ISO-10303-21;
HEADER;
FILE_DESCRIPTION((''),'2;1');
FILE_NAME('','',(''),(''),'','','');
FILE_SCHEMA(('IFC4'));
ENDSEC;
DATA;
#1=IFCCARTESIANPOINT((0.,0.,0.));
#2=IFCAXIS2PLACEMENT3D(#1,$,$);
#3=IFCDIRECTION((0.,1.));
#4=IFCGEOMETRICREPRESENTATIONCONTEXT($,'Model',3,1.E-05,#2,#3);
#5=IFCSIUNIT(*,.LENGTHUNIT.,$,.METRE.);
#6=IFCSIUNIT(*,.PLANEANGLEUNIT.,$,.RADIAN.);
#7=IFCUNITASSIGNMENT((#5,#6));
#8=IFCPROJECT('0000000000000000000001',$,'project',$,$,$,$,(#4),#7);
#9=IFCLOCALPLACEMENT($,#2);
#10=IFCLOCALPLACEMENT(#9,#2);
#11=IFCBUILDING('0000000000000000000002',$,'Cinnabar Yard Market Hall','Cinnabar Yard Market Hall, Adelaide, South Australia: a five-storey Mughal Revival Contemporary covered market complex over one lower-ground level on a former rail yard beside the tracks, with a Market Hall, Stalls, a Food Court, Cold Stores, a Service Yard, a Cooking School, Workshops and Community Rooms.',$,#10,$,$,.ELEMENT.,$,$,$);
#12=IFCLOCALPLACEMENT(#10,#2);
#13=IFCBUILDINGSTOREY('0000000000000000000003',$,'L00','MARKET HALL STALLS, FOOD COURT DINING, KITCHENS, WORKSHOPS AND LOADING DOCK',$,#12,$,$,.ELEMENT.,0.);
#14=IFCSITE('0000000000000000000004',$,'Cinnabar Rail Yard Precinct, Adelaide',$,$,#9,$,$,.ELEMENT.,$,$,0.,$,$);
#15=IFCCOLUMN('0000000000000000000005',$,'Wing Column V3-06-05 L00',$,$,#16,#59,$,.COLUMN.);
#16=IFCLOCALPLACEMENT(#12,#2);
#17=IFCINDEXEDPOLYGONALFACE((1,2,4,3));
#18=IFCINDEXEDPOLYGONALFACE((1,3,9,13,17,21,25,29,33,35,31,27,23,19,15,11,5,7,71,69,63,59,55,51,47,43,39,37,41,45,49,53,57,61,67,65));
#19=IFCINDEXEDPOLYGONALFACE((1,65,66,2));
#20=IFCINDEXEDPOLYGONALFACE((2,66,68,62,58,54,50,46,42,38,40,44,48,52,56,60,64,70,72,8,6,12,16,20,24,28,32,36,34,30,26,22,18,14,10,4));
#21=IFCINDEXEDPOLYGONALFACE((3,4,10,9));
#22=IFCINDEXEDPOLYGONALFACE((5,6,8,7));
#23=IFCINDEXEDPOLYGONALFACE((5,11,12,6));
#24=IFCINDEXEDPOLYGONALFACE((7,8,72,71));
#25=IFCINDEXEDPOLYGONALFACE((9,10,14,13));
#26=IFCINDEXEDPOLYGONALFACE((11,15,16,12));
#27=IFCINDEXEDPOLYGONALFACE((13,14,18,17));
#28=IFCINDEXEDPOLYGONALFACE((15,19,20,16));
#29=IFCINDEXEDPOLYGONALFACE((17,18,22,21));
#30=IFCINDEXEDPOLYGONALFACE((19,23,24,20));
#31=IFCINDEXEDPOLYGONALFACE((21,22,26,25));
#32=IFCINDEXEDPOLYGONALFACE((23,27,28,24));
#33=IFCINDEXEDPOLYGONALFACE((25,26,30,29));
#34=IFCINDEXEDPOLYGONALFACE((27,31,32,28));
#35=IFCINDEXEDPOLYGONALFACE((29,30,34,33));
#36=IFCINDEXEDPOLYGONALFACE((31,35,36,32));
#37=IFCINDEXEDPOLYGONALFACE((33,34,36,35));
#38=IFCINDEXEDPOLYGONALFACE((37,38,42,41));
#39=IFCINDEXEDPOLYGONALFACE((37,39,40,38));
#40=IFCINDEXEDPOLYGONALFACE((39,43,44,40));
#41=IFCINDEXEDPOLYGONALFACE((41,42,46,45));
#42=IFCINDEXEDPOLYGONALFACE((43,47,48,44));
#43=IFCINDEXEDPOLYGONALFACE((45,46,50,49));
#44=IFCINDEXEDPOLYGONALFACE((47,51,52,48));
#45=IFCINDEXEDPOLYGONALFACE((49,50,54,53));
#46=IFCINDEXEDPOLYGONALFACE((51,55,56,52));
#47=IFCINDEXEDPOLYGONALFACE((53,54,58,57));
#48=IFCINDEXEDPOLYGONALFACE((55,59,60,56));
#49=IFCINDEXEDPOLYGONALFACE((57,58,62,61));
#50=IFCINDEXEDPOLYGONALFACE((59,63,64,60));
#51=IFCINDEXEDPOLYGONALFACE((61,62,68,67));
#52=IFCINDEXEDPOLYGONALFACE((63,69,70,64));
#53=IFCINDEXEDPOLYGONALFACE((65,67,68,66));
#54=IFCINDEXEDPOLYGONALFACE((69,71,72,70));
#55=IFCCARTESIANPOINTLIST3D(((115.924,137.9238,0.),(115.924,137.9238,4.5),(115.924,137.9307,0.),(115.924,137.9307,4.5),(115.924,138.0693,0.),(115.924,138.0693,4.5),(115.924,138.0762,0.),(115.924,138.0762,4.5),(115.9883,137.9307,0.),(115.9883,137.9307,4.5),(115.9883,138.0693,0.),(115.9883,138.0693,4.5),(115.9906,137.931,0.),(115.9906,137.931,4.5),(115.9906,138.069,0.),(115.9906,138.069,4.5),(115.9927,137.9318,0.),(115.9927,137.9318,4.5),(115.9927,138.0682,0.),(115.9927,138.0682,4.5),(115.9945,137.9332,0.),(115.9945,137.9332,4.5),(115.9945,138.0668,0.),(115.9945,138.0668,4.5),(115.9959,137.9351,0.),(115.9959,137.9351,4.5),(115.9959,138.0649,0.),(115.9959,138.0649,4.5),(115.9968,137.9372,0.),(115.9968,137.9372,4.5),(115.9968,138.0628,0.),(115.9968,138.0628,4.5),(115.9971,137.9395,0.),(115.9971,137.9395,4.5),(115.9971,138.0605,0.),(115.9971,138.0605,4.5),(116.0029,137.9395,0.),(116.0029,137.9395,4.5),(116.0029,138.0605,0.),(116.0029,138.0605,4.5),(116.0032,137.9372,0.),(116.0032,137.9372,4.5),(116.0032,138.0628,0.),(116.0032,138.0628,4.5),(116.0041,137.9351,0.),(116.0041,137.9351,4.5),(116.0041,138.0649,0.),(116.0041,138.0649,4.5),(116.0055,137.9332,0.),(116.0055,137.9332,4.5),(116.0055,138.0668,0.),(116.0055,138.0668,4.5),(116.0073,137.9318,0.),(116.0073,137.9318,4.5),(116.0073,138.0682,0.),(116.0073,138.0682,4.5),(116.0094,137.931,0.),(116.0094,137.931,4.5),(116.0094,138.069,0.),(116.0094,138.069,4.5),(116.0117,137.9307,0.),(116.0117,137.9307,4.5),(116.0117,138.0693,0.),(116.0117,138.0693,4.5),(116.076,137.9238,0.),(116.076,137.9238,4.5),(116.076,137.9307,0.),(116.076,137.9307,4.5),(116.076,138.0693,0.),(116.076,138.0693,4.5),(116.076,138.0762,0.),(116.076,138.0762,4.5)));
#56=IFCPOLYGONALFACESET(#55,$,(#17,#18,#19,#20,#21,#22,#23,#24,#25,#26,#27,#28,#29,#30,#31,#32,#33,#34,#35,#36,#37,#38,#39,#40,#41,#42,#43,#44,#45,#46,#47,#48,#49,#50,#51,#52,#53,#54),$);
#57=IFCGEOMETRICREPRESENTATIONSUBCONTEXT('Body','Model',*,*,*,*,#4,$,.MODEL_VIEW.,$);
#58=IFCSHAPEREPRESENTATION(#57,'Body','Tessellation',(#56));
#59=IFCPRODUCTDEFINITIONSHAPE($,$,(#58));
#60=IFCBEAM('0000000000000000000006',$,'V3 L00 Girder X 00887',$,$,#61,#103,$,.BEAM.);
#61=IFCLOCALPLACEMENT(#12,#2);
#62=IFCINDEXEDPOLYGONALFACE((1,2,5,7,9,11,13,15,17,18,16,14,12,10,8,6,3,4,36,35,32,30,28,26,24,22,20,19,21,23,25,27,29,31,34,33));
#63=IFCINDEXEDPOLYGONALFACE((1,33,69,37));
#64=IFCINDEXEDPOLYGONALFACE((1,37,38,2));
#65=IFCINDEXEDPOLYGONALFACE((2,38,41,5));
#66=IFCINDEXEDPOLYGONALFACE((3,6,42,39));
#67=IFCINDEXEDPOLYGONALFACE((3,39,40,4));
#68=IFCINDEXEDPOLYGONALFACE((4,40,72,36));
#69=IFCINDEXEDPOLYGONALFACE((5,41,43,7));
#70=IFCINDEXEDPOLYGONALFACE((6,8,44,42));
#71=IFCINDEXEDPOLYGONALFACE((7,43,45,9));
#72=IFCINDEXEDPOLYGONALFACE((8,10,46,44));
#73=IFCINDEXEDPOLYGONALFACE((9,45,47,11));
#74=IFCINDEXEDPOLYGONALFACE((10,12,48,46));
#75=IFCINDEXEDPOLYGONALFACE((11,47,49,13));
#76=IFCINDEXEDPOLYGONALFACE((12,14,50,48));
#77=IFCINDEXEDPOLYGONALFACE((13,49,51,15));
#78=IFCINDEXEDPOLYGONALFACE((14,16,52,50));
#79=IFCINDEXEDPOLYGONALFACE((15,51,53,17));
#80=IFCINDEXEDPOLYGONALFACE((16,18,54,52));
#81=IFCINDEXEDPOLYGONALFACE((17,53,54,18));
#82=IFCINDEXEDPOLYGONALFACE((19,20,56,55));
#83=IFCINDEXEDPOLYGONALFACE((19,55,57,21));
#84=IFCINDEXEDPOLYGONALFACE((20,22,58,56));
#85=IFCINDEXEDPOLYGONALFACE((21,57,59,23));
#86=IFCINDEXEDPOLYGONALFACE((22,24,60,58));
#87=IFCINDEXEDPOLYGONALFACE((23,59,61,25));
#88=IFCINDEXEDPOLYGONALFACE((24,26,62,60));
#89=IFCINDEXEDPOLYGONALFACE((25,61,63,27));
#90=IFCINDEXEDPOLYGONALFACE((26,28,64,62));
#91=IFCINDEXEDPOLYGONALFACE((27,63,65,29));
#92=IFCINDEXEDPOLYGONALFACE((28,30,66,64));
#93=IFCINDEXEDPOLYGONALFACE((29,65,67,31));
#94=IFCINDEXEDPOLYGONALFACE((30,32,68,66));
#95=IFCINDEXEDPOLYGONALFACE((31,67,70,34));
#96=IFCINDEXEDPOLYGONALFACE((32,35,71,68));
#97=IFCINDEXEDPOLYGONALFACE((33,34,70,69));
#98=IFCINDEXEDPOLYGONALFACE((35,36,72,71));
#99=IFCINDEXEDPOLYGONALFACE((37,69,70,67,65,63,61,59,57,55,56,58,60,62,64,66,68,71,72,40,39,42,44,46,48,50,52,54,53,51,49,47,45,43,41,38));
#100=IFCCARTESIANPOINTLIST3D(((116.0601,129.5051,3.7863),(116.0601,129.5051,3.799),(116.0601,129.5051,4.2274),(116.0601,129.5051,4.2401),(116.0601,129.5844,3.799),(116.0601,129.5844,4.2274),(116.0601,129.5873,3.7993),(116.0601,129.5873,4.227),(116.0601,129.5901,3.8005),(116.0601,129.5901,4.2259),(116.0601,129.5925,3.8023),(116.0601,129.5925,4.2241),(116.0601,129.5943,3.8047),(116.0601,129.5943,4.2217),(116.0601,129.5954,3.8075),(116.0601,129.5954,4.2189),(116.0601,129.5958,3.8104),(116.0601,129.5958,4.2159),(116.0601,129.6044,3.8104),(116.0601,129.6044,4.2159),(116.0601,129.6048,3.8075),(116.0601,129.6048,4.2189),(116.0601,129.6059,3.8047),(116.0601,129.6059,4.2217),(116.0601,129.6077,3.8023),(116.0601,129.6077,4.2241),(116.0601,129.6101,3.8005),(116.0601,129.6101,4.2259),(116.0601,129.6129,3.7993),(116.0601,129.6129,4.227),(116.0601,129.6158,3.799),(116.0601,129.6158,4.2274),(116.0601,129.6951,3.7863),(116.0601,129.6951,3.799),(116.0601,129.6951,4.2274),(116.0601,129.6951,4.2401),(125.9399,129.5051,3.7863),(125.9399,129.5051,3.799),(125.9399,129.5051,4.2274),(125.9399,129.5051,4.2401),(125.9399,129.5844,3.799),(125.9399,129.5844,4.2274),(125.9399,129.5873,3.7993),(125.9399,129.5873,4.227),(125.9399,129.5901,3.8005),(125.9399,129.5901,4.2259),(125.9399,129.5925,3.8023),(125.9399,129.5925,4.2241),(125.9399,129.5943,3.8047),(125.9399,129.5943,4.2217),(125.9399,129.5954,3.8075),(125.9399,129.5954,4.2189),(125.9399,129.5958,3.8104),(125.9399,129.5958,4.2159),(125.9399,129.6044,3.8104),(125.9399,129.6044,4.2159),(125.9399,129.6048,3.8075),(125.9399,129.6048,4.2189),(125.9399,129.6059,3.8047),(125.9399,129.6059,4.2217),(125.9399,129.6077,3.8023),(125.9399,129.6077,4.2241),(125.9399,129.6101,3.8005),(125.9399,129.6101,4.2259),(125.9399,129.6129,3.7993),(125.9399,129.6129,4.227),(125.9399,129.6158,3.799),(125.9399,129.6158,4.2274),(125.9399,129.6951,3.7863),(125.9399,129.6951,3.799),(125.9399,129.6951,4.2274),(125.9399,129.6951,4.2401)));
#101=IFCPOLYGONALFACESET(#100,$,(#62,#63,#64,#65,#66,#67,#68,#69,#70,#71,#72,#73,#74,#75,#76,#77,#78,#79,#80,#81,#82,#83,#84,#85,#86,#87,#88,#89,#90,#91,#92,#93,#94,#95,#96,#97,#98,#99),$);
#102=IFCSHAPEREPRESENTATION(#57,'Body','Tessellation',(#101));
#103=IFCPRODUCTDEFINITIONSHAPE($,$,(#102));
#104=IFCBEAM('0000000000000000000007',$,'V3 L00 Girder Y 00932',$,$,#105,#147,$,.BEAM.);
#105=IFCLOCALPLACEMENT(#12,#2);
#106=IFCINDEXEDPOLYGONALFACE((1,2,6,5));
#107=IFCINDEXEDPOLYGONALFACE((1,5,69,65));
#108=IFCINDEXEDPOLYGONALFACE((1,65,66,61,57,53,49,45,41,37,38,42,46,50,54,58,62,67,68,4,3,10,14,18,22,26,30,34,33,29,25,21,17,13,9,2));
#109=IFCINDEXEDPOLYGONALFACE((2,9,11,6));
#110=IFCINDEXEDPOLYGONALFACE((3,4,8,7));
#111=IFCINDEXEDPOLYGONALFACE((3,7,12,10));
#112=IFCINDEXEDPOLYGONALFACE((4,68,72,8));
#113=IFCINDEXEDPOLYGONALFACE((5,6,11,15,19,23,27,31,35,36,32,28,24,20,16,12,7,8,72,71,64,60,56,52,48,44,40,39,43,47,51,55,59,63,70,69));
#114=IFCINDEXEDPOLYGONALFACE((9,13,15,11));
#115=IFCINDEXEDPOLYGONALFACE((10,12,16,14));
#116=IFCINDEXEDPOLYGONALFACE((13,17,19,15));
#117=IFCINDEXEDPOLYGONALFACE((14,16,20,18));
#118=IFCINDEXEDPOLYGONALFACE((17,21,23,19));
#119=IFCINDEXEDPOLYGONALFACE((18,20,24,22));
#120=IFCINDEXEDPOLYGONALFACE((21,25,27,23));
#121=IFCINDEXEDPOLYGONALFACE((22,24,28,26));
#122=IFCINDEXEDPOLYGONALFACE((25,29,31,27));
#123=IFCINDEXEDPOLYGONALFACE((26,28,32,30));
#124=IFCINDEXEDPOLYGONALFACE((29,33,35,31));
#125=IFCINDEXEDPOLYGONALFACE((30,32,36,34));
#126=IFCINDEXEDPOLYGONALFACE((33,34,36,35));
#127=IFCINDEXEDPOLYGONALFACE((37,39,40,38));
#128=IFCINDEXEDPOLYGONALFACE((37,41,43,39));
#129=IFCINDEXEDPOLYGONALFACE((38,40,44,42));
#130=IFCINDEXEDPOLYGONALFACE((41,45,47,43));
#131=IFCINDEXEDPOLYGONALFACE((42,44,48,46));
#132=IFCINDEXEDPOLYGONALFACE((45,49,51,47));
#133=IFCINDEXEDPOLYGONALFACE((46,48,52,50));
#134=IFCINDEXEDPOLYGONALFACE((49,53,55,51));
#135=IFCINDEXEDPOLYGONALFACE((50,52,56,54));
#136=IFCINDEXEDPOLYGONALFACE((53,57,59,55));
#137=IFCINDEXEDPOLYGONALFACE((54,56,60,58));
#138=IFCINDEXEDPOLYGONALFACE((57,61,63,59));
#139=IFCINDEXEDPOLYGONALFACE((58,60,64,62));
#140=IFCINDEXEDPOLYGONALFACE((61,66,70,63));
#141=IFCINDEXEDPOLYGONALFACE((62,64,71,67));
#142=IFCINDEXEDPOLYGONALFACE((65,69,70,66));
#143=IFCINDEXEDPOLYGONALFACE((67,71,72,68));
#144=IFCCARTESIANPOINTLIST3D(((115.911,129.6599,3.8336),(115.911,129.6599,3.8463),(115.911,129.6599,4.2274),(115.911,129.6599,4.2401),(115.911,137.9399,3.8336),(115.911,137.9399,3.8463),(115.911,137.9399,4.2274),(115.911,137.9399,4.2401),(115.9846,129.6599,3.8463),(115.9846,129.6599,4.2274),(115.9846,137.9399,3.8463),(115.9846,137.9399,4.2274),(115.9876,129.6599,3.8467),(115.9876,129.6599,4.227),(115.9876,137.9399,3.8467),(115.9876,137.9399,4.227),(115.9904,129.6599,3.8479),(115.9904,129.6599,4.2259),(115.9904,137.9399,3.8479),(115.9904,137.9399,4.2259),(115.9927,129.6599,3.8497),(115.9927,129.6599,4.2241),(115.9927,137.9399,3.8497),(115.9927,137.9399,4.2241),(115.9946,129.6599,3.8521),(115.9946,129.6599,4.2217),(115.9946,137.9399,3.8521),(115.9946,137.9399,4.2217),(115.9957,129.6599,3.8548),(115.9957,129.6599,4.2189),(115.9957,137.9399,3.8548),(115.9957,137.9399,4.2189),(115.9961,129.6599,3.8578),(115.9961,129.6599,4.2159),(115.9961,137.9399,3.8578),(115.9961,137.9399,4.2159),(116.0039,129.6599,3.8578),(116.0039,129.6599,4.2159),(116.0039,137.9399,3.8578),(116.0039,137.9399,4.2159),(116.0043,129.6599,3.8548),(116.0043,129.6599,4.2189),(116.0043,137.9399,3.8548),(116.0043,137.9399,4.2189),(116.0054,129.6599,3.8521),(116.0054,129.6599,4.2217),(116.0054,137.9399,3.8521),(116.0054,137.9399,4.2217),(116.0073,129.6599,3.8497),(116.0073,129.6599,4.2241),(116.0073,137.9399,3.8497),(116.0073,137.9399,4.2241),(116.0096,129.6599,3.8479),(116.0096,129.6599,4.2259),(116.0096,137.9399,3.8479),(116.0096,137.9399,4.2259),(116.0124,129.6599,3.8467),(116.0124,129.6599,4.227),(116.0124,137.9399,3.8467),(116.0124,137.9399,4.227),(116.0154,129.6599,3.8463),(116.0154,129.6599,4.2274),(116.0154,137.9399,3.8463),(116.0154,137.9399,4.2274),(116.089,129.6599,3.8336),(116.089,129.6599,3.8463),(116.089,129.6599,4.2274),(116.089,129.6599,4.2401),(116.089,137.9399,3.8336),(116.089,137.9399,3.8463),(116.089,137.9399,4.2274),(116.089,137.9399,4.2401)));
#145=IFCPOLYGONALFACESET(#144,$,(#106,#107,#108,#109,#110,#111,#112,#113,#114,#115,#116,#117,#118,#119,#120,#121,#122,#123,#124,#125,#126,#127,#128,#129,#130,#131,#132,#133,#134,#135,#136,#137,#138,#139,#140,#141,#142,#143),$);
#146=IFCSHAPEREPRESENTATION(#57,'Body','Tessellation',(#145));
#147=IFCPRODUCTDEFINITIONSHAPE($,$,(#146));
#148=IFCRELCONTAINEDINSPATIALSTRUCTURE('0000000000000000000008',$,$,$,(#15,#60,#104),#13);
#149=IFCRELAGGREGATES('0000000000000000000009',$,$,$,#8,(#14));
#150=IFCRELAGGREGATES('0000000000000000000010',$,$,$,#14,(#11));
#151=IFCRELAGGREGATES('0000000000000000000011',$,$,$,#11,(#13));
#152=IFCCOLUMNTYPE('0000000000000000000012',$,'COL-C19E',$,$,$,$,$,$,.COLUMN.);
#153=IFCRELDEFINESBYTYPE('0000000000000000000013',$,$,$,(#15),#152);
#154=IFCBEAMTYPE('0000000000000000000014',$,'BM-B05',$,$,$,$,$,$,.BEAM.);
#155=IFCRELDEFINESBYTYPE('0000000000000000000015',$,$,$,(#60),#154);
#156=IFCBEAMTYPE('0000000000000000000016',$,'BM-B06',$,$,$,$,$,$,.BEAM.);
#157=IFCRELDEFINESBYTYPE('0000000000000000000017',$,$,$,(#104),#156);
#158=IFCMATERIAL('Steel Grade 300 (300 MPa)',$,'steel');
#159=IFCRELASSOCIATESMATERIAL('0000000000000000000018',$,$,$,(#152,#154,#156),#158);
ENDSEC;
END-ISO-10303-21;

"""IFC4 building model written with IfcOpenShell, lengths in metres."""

from ifc_helpers import new_model, si_unit, direction, frame, origin, origin_2d_with_axis, place, context, subcontext, project, spatial, i_section, extrude, material, material_profile, profile_set, type_object, element, save


model = new_model("IFC4")

# Units and contexts
model_context = context("Model", 3, precision=1e-05, world=origin(), true_north=direction((0.0, 1.0)))
body_context = subcontext(model_context, "Body", "Model", "MODEL_VIEW")
ifc_project = project(units=[si_unit("LENGTHUNIT", "METRE"), si_unit("PLANEANGLEUNIT", "RADIAN")], contexts=[model_context])

# Site, building, storey
site_placement = place(None, origin())
site = spatial("IfcSite", under=ifc_project, at=site_placement, Name="Cinnabar Rail Yard Precinct, Adelaide", CompositionType="ELEMENT", RefElevation=0.0)
building_placement = place(site_placement, origin())
building = spatial("IfcBuilding", under=site, at=building_placement, Name="Cinnabar Yard Market Hall", Description="Cinnabar Yard Market Hall, Adelaide, South Australia: a five-storey Mughal Revival Contemporary covered market complex over one lower-ground level on a former rail yard beside the tracks, with a Market Hall, Stalls, a Food Court, Cold Stores, a Service Yard, a Cooking School, Workshops and Community Rooms.", CompositionType="ELEMENT")
storey_placement = place(building_placement, origin())
storey = spatial("IfcBuildingStorey", under=building, at=storey_placement, Name="L00", Description="MARKET HALL STALLS, FOOD COURT DINING, KITCHENS, WORKSHOPS AND LOADING DOCK", CompositionType="ELEMENT", Elevation=0.0)

# Column
ifc_material_1 = material(Name="Steel Grade 300 (300 MPa)", Category="steel")
ifc_material_profile_1 = material_profile(ifc_material_1, i_section(OverallWidth=0.1521, OverallDepth=0.1523, WebThickness=0.0059, FlangeThickness=0.0068, FilletRadius=0.0088, at=origin_2d_with_axis()), Name="150UC23.4")
ifc_profile_set_1 = profile_set([ifc_material_profile_1], Name="Steel Grade 300 (300 MPa)")
column_type_1 = type_object("IfcColumnType", Name="COL-C19E", PredefinedType="COLUMN", material=ifc_profile_set_1)
column_1_placement = place(storey_placement, frame((116.0, 138.0, 0.0), z_axis=(0.0, 0.0, 1.0), x_axis=(1.0, 0.0, 0.0)))
element("IfcColumn", 1, at=column_1_placement, inside=storey, type_object=column_type_1, Name="Wing Column V3-06-05 L00", PredefinedType="COLUMN", context=body_context, shape_type="SweptSolid", body=[
    extrude(i_section(OverallWidth=0.1521, OverallDepth=0.1523, WebThickness=0.0059, FlangeThickness=0.0068, FilletRadius=0.0088, at=origin_2d_with_axis()), origin(), (0.0, 0.0, 1.0), 4.5),
])

# Beams
ifc_material_profile_2 = material_profile(ifc_material_1, i_section(OverallWidth=0.1899, OverallDepth=0.4539, WebThickness=0.0085, FlangeThickness=0.0127, FilletRadius=0.0115, at=origin_2d_with_axis()), Name="460UB67.1")
ifc_profile_set_2 = profile_set([ifc_material_profile_2], Name="Steel Grade 300 (300 MPa)")
beam_type_1 = type_object("IfcBeamType", Name="BM-B05", PredefinedType="BEAM", material=ifc_profile_set_2)
beam_1_placement = place(storey_placement, frame((116.0601, 129.6001, 4.0132), z_axis=(1.0, 0.0, 0.0), x_axis=(0.0, 1.0, 0.0)))
element("IfcBeam", 2, at=beam_1_placement, inside=storey, type_object=beam_type_1, Name="V3 L00 Girder X 00887", PredefinedType="BEAM", context=body_context, shape_type="SweptSolid", body=[
    extrude(i_section(OverallWidth=0.1899, OverallDepth=0.4539, WebThickness=0.0085, FlangeThickness=0.0127, FilletRadius=0.0115, at=origin_2d_with_axis()), origin(), (0.0, 0.0, 1.0), 9.8799),
])
ifc_material_profile_3 = material_profile(ifc_material_1, i_section(OverallWidth=0.178, OverallDepth=0.4065, WebThickness=0.0078, FlangeThickness=0.0127, FilletRadius=0.0115, at=origin_2d_with_axis()), Name="410UB59.7")
ifc_profile_set_3 = profile_set([ifc_material_profile_3], Name="Steel Grade 300 (300 MPa)")
beam_type_2 = type_object("IfcBeamType", Name="BM-B06", PredefinedType="BEAM", material=ifc_profile_set_3)
beam_2_placement = place(storey_placement, frame((116.0, 129.6599, 4.0369), z_axis=(0.0, 1.0, 0.0), x_axis=(-1.0, 0.0, 0.0)))
element("IfcBeam", 3, at=beam_2_placement, inside=storey, type_object=beam_type_2, Name="V3 L00 Girder Y 00932", PredefinedType="BEAM", context=body_context, shape_type="SweptSolid", body=[
    extrude(i_section(OverallWidth=0.178, OverallDepth=0.4065, WebThickness=0.0078, FlangeThickness=0.0127, FilletRadius=0.0115, at=origin_2d_with_axis()), origin(), (0.0, 0.0, 1.0), 8.28),
])

save(model, "model.ifc")
